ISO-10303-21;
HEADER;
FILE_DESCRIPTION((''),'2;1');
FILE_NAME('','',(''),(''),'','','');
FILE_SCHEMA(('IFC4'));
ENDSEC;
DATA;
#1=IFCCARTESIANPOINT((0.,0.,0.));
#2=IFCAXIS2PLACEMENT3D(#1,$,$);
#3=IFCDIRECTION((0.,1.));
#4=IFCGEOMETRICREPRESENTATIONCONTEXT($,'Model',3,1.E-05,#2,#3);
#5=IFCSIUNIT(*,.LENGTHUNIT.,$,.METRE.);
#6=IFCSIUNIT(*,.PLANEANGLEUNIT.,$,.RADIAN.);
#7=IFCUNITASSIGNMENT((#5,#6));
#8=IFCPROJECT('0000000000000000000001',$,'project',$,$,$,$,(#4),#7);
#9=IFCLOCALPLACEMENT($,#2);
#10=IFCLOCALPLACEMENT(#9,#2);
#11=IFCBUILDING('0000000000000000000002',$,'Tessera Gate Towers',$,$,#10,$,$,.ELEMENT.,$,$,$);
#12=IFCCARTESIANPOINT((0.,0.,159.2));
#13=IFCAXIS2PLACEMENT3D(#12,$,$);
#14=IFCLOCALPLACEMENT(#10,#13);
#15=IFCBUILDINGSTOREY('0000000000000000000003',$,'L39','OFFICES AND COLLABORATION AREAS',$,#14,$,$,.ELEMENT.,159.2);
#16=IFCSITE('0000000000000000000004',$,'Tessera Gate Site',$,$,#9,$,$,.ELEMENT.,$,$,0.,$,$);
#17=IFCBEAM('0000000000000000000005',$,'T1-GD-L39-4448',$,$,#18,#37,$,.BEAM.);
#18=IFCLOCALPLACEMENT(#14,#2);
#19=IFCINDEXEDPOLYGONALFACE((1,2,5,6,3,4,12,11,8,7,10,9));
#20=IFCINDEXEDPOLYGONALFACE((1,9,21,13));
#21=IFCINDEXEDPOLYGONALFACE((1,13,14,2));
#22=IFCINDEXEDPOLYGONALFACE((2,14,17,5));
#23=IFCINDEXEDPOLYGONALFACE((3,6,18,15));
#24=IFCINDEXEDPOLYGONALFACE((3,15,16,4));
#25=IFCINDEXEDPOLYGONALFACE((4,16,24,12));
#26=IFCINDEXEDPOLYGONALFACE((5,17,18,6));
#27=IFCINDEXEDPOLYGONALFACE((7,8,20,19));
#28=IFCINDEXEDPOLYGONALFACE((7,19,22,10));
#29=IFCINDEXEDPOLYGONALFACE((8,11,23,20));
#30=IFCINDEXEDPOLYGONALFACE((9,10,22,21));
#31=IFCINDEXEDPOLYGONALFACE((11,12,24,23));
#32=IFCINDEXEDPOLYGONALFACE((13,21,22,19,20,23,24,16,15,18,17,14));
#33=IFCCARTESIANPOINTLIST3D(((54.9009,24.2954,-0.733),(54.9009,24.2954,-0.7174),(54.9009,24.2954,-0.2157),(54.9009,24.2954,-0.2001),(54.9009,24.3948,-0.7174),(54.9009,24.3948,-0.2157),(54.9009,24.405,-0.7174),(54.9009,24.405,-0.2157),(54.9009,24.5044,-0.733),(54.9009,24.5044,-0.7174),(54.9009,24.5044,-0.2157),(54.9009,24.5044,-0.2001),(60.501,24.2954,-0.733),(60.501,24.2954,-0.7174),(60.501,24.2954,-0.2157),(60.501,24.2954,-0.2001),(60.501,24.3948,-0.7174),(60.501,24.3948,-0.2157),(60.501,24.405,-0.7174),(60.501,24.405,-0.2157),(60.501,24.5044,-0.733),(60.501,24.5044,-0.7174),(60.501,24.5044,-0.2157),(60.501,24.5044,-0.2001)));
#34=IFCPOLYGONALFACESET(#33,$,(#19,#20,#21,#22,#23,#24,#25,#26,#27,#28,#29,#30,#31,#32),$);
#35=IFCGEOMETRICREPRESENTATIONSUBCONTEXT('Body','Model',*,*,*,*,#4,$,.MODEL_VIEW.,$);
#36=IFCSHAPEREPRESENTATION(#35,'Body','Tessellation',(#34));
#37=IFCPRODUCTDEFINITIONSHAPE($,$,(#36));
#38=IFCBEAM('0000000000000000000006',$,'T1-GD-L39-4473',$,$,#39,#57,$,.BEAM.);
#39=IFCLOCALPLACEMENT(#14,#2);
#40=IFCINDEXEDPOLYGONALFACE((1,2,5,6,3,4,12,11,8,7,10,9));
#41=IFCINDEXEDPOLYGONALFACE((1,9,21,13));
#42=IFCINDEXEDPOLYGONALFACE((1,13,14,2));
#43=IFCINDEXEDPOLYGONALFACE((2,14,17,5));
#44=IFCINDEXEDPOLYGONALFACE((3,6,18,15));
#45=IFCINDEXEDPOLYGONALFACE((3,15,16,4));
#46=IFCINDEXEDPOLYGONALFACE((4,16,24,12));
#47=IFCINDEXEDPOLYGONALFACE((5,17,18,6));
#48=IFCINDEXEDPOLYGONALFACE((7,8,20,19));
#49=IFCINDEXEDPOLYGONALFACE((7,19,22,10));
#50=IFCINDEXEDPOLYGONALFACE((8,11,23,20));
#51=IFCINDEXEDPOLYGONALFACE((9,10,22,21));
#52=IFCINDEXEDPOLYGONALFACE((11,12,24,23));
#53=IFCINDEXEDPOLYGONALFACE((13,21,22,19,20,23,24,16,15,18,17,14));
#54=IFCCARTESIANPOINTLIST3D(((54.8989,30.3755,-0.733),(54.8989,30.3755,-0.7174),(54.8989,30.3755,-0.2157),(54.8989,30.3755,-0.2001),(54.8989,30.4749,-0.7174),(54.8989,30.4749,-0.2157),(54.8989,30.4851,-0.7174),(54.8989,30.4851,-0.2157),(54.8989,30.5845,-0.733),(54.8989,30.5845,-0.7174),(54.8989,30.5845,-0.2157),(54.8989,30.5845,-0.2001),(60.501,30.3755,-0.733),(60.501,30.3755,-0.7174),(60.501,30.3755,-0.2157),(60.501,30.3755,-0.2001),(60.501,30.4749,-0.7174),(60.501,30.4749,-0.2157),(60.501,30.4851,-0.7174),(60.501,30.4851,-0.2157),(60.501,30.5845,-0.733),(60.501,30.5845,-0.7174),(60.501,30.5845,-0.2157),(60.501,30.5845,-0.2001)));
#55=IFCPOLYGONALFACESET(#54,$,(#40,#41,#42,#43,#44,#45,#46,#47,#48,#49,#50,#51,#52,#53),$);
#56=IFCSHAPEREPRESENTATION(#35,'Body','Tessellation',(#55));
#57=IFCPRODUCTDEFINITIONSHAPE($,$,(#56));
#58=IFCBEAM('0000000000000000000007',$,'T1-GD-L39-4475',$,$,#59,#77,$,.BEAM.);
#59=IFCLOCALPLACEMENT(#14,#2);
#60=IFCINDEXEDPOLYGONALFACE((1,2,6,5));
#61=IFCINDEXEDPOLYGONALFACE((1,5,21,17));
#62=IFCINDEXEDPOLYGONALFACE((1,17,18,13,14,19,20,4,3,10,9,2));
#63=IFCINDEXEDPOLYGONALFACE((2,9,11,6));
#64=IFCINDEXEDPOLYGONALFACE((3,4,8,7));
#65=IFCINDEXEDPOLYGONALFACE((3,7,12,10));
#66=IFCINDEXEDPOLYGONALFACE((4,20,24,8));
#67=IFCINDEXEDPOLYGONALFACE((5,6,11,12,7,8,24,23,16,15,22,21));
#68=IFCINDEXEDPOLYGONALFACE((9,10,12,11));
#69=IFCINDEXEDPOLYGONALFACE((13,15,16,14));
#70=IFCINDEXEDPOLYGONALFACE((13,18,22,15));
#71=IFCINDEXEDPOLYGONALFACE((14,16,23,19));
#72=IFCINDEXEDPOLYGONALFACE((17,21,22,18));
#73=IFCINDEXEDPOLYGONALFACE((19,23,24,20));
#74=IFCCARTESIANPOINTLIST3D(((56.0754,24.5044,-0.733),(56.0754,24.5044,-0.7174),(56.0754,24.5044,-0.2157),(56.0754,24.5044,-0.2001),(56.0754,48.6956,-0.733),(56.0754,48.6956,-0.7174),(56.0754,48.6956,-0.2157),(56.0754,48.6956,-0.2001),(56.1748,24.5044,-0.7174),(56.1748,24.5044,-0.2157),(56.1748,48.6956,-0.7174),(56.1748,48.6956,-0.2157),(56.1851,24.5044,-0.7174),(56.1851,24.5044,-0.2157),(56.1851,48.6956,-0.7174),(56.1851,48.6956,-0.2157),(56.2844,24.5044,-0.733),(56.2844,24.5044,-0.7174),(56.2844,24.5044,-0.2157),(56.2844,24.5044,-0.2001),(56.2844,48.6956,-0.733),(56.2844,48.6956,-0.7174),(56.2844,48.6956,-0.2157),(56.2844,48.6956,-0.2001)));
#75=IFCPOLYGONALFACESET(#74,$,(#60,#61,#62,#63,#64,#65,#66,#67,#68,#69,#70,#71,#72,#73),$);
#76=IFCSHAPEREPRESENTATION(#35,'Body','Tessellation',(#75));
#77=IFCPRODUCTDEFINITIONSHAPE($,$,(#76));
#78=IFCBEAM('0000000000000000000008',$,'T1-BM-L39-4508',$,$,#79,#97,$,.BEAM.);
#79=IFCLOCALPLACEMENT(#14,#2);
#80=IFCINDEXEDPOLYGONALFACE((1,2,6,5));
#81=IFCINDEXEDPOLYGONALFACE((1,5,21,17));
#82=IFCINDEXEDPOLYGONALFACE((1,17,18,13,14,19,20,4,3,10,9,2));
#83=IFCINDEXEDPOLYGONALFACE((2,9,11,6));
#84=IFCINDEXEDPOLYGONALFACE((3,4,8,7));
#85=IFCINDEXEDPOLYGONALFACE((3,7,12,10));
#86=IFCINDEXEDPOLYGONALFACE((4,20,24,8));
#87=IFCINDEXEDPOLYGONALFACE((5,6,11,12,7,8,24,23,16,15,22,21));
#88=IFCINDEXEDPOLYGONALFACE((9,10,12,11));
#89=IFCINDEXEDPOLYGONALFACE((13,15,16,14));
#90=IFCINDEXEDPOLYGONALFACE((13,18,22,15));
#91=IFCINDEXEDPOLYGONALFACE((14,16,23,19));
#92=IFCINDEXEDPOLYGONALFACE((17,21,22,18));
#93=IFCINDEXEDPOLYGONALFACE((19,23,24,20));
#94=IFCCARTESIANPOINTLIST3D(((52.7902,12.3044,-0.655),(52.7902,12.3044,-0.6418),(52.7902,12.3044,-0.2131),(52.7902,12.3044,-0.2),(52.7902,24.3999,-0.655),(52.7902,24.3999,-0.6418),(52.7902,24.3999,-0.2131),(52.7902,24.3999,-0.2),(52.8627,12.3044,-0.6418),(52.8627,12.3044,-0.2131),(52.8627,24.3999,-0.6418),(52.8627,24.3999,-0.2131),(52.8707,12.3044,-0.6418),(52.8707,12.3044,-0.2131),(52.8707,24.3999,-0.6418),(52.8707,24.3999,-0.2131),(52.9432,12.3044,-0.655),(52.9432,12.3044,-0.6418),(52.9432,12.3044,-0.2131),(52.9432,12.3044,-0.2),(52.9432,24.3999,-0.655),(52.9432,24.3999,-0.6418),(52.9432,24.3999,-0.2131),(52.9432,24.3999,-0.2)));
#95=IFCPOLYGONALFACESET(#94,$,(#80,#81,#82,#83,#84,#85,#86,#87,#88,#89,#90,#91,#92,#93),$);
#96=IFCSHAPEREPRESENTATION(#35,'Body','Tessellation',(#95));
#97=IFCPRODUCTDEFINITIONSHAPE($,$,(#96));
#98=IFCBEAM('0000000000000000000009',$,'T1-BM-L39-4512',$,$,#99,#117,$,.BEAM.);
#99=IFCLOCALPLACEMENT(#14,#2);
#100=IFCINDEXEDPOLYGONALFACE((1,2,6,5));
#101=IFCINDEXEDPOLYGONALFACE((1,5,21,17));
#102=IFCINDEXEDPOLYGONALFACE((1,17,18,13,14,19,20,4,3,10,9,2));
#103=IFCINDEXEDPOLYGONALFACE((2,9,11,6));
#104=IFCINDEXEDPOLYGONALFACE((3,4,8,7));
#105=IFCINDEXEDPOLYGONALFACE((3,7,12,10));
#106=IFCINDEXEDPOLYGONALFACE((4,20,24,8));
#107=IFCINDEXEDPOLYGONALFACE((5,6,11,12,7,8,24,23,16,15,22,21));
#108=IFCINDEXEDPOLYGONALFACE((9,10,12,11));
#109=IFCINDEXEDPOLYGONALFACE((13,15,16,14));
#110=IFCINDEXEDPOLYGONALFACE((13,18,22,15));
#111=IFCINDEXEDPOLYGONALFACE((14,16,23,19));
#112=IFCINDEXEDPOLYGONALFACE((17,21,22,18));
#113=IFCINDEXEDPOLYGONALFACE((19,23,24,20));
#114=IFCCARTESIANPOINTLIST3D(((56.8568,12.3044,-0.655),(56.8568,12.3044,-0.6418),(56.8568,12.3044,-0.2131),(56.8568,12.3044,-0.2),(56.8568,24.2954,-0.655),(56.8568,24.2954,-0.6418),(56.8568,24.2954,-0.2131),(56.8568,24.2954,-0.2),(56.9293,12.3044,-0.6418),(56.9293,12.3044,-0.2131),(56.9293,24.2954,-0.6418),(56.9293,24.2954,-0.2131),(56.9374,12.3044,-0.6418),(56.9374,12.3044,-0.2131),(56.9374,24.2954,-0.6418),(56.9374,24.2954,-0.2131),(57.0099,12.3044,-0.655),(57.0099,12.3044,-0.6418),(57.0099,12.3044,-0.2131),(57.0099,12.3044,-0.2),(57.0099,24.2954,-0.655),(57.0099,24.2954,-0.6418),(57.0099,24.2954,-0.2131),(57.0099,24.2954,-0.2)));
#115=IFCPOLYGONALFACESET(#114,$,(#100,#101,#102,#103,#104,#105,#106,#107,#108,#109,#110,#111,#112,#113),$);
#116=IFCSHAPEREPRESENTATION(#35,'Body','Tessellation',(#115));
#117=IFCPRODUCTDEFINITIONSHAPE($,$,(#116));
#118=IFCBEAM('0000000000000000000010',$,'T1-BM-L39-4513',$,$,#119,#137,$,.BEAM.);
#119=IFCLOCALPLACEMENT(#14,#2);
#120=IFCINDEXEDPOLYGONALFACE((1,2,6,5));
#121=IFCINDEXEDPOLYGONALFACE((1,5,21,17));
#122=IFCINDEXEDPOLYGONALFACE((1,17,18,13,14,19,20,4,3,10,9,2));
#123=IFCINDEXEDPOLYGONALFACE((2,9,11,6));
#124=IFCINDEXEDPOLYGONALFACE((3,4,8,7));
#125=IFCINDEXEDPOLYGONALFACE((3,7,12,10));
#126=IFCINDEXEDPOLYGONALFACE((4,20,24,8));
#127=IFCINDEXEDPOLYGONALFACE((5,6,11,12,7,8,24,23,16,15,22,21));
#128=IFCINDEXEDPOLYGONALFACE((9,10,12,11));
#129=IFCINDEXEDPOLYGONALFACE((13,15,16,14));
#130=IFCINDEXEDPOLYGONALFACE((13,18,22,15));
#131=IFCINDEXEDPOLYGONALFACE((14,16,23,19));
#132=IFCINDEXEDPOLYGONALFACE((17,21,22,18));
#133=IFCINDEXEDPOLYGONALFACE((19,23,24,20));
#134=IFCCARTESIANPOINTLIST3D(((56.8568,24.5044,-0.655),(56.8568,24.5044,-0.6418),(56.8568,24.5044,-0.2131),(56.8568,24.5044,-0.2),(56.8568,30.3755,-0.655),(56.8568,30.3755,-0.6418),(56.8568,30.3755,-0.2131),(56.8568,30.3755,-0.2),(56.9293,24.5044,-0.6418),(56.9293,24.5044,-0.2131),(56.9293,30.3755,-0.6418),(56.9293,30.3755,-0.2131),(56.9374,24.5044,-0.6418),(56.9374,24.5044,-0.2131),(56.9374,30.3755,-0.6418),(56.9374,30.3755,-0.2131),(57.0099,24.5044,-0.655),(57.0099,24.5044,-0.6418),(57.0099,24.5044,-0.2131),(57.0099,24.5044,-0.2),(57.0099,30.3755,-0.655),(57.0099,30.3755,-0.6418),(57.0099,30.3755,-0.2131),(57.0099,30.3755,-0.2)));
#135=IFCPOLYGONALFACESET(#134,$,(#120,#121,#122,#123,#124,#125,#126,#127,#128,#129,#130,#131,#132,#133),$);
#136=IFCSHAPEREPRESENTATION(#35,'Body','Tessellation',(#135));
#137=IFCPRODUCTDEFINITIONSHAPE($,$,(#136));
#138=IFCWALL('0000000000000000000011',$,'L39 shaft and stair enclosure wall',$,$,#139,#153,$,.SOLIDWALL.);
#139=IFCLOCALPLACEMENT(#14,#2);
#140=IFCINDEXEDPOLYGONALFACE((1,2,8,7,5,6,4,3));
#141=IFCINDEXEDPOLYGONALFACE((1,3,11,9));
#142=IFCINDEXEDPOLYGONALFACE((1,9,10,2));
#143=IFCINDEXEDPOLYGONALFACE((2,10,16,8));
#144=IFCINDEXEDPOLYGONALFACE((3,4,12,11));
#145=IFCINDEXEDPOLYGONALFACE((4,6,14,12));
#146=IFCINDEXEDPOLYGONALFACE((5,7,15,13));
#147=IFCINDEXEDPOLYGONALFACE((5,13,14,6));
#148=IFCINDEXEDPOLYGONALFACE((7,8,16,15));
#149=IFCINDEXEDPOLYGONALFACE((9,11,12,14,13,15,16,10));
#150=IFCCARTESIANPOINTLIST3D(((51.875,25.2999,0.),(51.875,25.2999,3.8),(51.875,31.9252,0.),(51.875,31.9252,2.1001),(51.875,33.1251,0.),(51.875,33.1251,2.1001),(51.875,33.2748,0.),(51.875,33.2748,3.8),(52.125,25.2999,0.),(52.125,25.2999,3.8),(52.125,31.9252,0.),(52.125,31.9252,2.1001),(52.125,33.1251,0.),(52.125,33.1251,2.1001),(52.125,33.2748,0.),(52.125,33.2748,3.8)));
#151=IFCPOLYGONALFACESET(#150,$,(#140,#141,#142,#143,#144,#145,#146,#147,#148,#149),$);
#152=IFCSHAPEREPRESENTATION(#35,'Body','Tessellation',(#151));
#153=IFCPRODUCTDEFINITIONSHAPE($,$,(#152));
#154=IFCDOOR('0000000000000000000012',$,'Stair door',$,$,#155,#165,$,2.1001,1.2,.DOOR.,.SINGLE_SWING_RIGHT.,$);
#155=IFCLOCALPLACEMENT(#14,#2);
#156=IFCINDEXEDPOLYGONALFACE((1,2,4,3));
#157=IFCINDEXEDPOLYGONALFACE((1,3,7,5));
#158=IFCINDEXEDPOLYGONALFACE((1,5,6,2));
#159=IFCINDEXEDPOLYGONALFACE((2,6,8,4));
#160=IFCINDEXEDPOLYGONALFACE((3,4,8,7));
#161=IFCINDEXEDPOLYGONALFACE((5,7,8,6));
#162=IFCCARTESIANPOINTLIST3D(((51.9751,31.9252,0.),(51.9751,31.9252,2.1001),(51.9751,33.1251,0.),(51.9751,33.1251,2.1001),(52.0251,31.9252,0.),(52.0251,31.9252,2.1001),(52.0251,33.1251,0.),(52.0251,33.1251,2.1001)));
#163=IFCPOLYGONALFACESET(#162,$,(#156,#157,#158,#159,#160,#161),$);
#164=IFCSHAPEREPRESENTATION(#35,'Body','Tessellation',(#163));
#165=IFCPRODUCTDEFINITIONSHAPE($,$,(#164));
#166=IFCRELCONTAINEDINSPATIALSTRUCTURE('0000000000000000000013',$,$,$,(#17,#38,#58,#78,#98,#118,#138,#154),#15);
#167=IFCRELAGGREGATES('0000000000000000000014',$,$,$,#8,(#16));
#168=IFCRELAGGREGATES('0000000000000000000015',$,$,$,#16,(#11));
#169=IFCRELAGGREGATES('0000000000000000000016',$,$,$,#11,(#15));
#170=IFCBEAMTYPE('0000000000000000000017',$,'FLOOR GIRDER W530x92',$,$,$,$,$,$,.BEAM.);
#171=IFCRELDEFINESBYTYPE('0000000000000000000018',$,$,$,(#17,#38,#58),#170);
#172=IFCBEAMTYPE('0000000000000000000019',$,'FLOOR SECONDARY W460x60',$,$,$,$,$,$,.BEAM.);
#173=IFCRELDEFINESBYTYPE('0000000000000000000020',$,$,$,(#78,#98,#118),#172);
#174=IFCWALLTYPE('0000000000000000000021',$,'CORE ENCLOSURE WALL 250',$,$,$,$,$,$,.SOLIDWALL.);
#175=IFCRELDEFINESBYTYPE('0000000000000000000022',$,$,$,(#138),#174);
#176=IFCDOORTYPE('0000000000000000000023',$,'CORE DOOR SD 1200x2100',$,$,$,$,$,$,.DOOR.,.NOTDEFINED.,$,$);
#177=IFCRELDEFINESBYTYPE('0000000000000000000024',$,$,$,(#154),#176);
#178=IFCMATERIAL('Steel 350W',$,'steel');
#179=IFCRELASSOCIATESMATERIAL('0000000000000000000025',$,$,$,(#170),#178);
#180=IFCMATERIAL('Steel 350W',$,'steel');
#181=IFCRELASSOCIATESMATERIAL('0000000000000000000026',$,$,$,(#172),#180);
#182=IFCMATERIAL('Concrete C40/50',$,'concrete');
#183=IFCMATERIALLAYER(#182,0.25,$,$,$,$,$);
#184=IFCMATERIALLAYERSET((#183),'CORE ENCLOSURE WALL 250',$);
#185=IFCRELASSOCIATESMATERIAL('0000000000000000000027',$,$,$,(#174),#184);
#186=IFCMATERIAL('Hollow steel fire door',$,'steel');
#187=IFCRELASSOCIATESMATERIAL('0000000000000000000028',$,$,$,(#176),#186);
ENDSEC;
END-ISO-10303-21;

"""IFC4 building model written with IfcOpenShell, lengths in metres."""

from ifc_helpers import new_model, si_unit, direction, frame, frame_2d, origin, origin_2d, place, context, subcontext, project, spatial, rectangle, i_section, extrude, source, transform, mapped, material, layer, layer_set, material_profile, profile_set, type_object, element, fill, save


model = new_model("IFC4")

# Units and contexts
model_context = context("Model", 3, precision=1e-05, world=origin(), true_north=direction((0.0, 1.0)))
body_context = subcontext(model_context, "Body", "Model", "MODEL_VIEW")
ifc_project = project(units=[si_unit("LENGTHUNIT", "METRE"), si_unit("PLANEANGLEUNIT", "RADIAN")], contexts=[model_context])

# Site, building, storey
site_placement = place(None, origin())
site = spatial("IfcSite", under=ifc_project, at=site_placement, Name="Tessera Gate Site", CompositionType="ELEMENT", RefElevation=0.0)
building_placement = place(site_placement, origin())
building = spatial("IfcBuilding", under=site, at=building_placement, Name="Tessera Gate Towers", CompositionType="ELEMENT")
storey_placement = place(building_placement, frame((0.0, 0.0, 159.2)))
storey = spatial("IfcBuildingStorey", under=building, at=storey_placement, Name="L39", Description="OFFICES AND COLLABORATION AREAS", CompositionType="ELEMENT", Elevation=159.2)

# Beams
ifc_material_1 = material(Name="Steel 350W", Category="steel")
ifc_material_profile_1 = material_profile(ifc_material_1, i_section(OverallWidth=0.209, OverallDepth=0.533, WebThickness=0.0103, FlangeThickness=0.0156, at=origin_2d()), Name="W530x92")
ifc_profile_set_1 = profile_set([ifc_material_profile_1], Name="Steel 350W")
beam_type_1 = type_object("IfcBeamType", Name="FLOOR GIRDER W530x92", PredefinedType="BEAM", material=ifc_profile_set_1)
beam_1_placement = place(storey_placement, frame((54.9009, 24.3999, -0.4666), z_axis=(1.0, 0.0, 0.0), x_axis=(0.0, 1.0, 0.0)))
element("IfcBeam", 1, at=beam_1_placement, inside=storey, type_object=beam_type_1, Name="T1-GD-L39-4448", PredefinedType="BEAM", context=body_context, shape_type="SweptSolid", body=[
    extrude(i_section(OverallWidth=0.209, OverallDepth=0.533, WebThickness=0.0103, FlangeThickness=0.0156, at=origin_2d()), origin(), (0.0, 0.0, 1.0), 5.6001),
])
beam_2_placement = place(storey_placement, frame((54.8989, 30.48, -0.4666), z_axis=(1.0, 0.0, 0.0), x_axis=(0.0, 1.0, 0.0)))
element("IfcBeam", 2, at=beam_2_placement, inside=storey, type_object=beam_type_1, Name="T1-GD-L39-4473", PredefinedType="BEAM", context=body_context, shape_type="SweptSolid", body=[
    extrude(i_section(OverallWidth=0.209, OverallDepth=0.533, WebThickness=0.0103, FlangeThickness=0.0156, at=origin_2d()), origin(), (0.0, 0.0, 1.0), 5.6021),
])
beam_3_placement = place(storey_placement, frame((56.1799, 24.5044, -0.4666), z_axis=(0.0, 1.0, 0.0), x_axis=(-1.0, 0.0, 0.0)))
element("IfcBeam", 3, at=beam_3_placement, inside=storey, type_object=beam_type_1, Name="T1-GD-L39-4475", PredefinedType="BEAM", context=body_context, shape_type="SweptSolid", body=[
    extrude(i_section(OverallWidth=0.209, OverallDepth=0.533, WebThickness=0.0103, FlangeThickness=0.0156, at=origin_2d()), origin(), (0.0, 0.0, 1.0), 24.1912),
])
ifc_material_2 = material(Name="Steel 350W", Category="steel")
ifc_material_profile_2 = material_profile(ifc_material_2, i_section(OverallWidth=0.1531, OverallDepth=0.4551, WebThickness=0.0081, FlangeThickness=0.0132, at=origin_2d()), Name="W460x60")
ifc_profile_set_2 = profile_set([ifc_material_profile_2], Name="Steel 350W")
beam_type_2 = type_object("IfcBeamType", Name="FLOOR SECONDARY W460x60", PredefinedType="BEAM", material=ifc_profile_set_2)
beam_4_placement = place(storey_placement, frame((52.8667, 12.3044, -0.4275), z_axis=(0.0, 1.0, 0.0), x_axis=(-1.0, 0.0, 0.0)))
element("IfcBeam", 4, at=beam_4_placement, inside=storey, type_object=beam_type_2, Name="T1-BM-L39-4508", PredefinedType="BEAM", context=body_context, shape_type="SweptSolid", body=[
    extrude(i_section(OverallWidth=0.1531, OverallDepth=0.4551, WebThickness=0.0081, FlangeThickness=0.0132, at=origin_2d()), origin(), (0.0, 0.0, 1.0), 12.0955),
])
beam_5_placement = place(storey_placement, frame((56.9333, 12.3044, -0.4275), z_axis=(0.0, 1.0, 0.0), x_axis=(-1.0, 0.0, 0.0)))
element("IfcBeam", 5, at=beam_5_placement, inside=storey, type_object=beam_type_2, Name="T1-BM-L39-4512", PredefinedType="BEAM", context=body_context, shape_type="SweptSolid", body=[
    extrude(i_section(OverallWidth=0.1531, OverallDepth=0.4551, WebThickness=0.0081, FlangeThickness=0.0132, at=origin_2d()), origin(), (0.0, 0.0, 1.0), 11.991),
])
beam_6_placement = place(storey_placement, frame((56.9333, 24.5044, -0.4275), z_axis=(0.0, 1.0, 0.0), x_axis=(-1.0, 0.0, 0.0)))
element("IfcBeam", 6, at=beam_6_placement, inside=storey, type_object=beam_type_2, Name="T1-BM-L39-4513", PredefinedType="BEAM", context=body_context, shape_type="SweptSolid", body=[
    extrude(i_section(OverallWidth=0.1531, OverallDepth=0.4551, WebThickness=0.0081, FlangeThickness=0.0132, at=origin_2d()), origin(), (0.0, 0.0, 1.0), 5.8711),
])

# Wall, opening, door
ifc_material_3 = material(Name="Concrete C40/50", Category="concrete")
ifc_layer_1 = layer(ifc_material_3, 0.25)
ifc_layer_set_1 = layer_set([ifc_layer_1], Name="CORE ENCLOSURE WALL 250")
wall_type_1 = type_object("IfcWallType", Name="CORE ENCLOSURE WALL 250", PredefinedType="SOLIDWALL", material=ifc_layer_set_1)
wall_1_placement = place(storey_placement, frame((52.0, 25.3, 0.0), z_axis=(0.0, 0.0, 1.0), x_axis=(0.0, 1.0, 0.0)))
wall_1 = element("IfcWall", 7, at=wall_1_placement, inside=storey, type_object=wall_type_1, Name="L39 shaft and stair enclosure wall", PredefinedType="SOLIDWALL", context=body_context, shape_type="SweptSolid", body=[
    extrude(rectangle(XDim=7.9749, YDim=0.25, at=frame_2d((3.9873, 0.0))), origin(), (0.0, 0.0, 1.0), 3.8),
])
shared_shape_1 = source(origin(), body_context, "Body", "SweptSolid", [
    extrude(rectangle(XDim=1.2, YDim=2.1001, at=frame_2d((0.6001, 1.05))), frame((0.0, 0.135, 0.0), z_axis=(0.0, -1.0, 0.0), x_axis=(1.0, 0.0, 0.0)), (0.0, 0.0, 1.0), 0.27),
])
opening_1_placement = place(wall_1_placement, frame((6.625, 0.0, 0.0)))
opening_1 = element("IfcOpeningElement", 8, at=opening_1_placement, cuts=wall_1, PredefinedType="OPENING", context=body_context, shape_type="MappedRepresentation", body=[
    mapped(shared_shape_1, transform((0.0, 0.0, 0.0), scale=1.0)),
])
ifc_material_4 = material(Name="Hollow steel fire door", Category="steel")
door_type_1 = type_object("IfcDoorType", Name="CORE DOOR SD 1200x2100", OperationType="NOTDEFINED", PredefinedType="DOOR", material=ifc_material_4)
shared_shape_2 = source(origin(), body_context, "Body", "SweptSolid", [
    extrude(rectangle(XDim=1.2, YDim=2.1001, at=frame_2d((0.6001, 1.05))), frame((0.0, 0.0249, 0.0), z_axis=(0.0, -1.0, 0.0), x_axis=(1.0, 0.0, 0.0)), (0.0, 0.0, 1.0), 0.05),
])
door_1_placement = place(opening_1_placement, origin())
door_1 = element("IfcDoor", 9, at=door_1_placement, inside=storey, type_object=door_type_1, Name="Stair door", OperationType="SINGLE_SWING_RIGHT", OverallHeight=2.1001, OverallWidth=1.2, PredefinedType="DOOR", context=body_context, shape_type="MappedRepresentation", body=[
    mapped(shared_shape_2, transform((0.0, 0.0, 0.0), scale=1.0)),
])
fill(opening_1, door_1)

save(model, "model.ifc")
